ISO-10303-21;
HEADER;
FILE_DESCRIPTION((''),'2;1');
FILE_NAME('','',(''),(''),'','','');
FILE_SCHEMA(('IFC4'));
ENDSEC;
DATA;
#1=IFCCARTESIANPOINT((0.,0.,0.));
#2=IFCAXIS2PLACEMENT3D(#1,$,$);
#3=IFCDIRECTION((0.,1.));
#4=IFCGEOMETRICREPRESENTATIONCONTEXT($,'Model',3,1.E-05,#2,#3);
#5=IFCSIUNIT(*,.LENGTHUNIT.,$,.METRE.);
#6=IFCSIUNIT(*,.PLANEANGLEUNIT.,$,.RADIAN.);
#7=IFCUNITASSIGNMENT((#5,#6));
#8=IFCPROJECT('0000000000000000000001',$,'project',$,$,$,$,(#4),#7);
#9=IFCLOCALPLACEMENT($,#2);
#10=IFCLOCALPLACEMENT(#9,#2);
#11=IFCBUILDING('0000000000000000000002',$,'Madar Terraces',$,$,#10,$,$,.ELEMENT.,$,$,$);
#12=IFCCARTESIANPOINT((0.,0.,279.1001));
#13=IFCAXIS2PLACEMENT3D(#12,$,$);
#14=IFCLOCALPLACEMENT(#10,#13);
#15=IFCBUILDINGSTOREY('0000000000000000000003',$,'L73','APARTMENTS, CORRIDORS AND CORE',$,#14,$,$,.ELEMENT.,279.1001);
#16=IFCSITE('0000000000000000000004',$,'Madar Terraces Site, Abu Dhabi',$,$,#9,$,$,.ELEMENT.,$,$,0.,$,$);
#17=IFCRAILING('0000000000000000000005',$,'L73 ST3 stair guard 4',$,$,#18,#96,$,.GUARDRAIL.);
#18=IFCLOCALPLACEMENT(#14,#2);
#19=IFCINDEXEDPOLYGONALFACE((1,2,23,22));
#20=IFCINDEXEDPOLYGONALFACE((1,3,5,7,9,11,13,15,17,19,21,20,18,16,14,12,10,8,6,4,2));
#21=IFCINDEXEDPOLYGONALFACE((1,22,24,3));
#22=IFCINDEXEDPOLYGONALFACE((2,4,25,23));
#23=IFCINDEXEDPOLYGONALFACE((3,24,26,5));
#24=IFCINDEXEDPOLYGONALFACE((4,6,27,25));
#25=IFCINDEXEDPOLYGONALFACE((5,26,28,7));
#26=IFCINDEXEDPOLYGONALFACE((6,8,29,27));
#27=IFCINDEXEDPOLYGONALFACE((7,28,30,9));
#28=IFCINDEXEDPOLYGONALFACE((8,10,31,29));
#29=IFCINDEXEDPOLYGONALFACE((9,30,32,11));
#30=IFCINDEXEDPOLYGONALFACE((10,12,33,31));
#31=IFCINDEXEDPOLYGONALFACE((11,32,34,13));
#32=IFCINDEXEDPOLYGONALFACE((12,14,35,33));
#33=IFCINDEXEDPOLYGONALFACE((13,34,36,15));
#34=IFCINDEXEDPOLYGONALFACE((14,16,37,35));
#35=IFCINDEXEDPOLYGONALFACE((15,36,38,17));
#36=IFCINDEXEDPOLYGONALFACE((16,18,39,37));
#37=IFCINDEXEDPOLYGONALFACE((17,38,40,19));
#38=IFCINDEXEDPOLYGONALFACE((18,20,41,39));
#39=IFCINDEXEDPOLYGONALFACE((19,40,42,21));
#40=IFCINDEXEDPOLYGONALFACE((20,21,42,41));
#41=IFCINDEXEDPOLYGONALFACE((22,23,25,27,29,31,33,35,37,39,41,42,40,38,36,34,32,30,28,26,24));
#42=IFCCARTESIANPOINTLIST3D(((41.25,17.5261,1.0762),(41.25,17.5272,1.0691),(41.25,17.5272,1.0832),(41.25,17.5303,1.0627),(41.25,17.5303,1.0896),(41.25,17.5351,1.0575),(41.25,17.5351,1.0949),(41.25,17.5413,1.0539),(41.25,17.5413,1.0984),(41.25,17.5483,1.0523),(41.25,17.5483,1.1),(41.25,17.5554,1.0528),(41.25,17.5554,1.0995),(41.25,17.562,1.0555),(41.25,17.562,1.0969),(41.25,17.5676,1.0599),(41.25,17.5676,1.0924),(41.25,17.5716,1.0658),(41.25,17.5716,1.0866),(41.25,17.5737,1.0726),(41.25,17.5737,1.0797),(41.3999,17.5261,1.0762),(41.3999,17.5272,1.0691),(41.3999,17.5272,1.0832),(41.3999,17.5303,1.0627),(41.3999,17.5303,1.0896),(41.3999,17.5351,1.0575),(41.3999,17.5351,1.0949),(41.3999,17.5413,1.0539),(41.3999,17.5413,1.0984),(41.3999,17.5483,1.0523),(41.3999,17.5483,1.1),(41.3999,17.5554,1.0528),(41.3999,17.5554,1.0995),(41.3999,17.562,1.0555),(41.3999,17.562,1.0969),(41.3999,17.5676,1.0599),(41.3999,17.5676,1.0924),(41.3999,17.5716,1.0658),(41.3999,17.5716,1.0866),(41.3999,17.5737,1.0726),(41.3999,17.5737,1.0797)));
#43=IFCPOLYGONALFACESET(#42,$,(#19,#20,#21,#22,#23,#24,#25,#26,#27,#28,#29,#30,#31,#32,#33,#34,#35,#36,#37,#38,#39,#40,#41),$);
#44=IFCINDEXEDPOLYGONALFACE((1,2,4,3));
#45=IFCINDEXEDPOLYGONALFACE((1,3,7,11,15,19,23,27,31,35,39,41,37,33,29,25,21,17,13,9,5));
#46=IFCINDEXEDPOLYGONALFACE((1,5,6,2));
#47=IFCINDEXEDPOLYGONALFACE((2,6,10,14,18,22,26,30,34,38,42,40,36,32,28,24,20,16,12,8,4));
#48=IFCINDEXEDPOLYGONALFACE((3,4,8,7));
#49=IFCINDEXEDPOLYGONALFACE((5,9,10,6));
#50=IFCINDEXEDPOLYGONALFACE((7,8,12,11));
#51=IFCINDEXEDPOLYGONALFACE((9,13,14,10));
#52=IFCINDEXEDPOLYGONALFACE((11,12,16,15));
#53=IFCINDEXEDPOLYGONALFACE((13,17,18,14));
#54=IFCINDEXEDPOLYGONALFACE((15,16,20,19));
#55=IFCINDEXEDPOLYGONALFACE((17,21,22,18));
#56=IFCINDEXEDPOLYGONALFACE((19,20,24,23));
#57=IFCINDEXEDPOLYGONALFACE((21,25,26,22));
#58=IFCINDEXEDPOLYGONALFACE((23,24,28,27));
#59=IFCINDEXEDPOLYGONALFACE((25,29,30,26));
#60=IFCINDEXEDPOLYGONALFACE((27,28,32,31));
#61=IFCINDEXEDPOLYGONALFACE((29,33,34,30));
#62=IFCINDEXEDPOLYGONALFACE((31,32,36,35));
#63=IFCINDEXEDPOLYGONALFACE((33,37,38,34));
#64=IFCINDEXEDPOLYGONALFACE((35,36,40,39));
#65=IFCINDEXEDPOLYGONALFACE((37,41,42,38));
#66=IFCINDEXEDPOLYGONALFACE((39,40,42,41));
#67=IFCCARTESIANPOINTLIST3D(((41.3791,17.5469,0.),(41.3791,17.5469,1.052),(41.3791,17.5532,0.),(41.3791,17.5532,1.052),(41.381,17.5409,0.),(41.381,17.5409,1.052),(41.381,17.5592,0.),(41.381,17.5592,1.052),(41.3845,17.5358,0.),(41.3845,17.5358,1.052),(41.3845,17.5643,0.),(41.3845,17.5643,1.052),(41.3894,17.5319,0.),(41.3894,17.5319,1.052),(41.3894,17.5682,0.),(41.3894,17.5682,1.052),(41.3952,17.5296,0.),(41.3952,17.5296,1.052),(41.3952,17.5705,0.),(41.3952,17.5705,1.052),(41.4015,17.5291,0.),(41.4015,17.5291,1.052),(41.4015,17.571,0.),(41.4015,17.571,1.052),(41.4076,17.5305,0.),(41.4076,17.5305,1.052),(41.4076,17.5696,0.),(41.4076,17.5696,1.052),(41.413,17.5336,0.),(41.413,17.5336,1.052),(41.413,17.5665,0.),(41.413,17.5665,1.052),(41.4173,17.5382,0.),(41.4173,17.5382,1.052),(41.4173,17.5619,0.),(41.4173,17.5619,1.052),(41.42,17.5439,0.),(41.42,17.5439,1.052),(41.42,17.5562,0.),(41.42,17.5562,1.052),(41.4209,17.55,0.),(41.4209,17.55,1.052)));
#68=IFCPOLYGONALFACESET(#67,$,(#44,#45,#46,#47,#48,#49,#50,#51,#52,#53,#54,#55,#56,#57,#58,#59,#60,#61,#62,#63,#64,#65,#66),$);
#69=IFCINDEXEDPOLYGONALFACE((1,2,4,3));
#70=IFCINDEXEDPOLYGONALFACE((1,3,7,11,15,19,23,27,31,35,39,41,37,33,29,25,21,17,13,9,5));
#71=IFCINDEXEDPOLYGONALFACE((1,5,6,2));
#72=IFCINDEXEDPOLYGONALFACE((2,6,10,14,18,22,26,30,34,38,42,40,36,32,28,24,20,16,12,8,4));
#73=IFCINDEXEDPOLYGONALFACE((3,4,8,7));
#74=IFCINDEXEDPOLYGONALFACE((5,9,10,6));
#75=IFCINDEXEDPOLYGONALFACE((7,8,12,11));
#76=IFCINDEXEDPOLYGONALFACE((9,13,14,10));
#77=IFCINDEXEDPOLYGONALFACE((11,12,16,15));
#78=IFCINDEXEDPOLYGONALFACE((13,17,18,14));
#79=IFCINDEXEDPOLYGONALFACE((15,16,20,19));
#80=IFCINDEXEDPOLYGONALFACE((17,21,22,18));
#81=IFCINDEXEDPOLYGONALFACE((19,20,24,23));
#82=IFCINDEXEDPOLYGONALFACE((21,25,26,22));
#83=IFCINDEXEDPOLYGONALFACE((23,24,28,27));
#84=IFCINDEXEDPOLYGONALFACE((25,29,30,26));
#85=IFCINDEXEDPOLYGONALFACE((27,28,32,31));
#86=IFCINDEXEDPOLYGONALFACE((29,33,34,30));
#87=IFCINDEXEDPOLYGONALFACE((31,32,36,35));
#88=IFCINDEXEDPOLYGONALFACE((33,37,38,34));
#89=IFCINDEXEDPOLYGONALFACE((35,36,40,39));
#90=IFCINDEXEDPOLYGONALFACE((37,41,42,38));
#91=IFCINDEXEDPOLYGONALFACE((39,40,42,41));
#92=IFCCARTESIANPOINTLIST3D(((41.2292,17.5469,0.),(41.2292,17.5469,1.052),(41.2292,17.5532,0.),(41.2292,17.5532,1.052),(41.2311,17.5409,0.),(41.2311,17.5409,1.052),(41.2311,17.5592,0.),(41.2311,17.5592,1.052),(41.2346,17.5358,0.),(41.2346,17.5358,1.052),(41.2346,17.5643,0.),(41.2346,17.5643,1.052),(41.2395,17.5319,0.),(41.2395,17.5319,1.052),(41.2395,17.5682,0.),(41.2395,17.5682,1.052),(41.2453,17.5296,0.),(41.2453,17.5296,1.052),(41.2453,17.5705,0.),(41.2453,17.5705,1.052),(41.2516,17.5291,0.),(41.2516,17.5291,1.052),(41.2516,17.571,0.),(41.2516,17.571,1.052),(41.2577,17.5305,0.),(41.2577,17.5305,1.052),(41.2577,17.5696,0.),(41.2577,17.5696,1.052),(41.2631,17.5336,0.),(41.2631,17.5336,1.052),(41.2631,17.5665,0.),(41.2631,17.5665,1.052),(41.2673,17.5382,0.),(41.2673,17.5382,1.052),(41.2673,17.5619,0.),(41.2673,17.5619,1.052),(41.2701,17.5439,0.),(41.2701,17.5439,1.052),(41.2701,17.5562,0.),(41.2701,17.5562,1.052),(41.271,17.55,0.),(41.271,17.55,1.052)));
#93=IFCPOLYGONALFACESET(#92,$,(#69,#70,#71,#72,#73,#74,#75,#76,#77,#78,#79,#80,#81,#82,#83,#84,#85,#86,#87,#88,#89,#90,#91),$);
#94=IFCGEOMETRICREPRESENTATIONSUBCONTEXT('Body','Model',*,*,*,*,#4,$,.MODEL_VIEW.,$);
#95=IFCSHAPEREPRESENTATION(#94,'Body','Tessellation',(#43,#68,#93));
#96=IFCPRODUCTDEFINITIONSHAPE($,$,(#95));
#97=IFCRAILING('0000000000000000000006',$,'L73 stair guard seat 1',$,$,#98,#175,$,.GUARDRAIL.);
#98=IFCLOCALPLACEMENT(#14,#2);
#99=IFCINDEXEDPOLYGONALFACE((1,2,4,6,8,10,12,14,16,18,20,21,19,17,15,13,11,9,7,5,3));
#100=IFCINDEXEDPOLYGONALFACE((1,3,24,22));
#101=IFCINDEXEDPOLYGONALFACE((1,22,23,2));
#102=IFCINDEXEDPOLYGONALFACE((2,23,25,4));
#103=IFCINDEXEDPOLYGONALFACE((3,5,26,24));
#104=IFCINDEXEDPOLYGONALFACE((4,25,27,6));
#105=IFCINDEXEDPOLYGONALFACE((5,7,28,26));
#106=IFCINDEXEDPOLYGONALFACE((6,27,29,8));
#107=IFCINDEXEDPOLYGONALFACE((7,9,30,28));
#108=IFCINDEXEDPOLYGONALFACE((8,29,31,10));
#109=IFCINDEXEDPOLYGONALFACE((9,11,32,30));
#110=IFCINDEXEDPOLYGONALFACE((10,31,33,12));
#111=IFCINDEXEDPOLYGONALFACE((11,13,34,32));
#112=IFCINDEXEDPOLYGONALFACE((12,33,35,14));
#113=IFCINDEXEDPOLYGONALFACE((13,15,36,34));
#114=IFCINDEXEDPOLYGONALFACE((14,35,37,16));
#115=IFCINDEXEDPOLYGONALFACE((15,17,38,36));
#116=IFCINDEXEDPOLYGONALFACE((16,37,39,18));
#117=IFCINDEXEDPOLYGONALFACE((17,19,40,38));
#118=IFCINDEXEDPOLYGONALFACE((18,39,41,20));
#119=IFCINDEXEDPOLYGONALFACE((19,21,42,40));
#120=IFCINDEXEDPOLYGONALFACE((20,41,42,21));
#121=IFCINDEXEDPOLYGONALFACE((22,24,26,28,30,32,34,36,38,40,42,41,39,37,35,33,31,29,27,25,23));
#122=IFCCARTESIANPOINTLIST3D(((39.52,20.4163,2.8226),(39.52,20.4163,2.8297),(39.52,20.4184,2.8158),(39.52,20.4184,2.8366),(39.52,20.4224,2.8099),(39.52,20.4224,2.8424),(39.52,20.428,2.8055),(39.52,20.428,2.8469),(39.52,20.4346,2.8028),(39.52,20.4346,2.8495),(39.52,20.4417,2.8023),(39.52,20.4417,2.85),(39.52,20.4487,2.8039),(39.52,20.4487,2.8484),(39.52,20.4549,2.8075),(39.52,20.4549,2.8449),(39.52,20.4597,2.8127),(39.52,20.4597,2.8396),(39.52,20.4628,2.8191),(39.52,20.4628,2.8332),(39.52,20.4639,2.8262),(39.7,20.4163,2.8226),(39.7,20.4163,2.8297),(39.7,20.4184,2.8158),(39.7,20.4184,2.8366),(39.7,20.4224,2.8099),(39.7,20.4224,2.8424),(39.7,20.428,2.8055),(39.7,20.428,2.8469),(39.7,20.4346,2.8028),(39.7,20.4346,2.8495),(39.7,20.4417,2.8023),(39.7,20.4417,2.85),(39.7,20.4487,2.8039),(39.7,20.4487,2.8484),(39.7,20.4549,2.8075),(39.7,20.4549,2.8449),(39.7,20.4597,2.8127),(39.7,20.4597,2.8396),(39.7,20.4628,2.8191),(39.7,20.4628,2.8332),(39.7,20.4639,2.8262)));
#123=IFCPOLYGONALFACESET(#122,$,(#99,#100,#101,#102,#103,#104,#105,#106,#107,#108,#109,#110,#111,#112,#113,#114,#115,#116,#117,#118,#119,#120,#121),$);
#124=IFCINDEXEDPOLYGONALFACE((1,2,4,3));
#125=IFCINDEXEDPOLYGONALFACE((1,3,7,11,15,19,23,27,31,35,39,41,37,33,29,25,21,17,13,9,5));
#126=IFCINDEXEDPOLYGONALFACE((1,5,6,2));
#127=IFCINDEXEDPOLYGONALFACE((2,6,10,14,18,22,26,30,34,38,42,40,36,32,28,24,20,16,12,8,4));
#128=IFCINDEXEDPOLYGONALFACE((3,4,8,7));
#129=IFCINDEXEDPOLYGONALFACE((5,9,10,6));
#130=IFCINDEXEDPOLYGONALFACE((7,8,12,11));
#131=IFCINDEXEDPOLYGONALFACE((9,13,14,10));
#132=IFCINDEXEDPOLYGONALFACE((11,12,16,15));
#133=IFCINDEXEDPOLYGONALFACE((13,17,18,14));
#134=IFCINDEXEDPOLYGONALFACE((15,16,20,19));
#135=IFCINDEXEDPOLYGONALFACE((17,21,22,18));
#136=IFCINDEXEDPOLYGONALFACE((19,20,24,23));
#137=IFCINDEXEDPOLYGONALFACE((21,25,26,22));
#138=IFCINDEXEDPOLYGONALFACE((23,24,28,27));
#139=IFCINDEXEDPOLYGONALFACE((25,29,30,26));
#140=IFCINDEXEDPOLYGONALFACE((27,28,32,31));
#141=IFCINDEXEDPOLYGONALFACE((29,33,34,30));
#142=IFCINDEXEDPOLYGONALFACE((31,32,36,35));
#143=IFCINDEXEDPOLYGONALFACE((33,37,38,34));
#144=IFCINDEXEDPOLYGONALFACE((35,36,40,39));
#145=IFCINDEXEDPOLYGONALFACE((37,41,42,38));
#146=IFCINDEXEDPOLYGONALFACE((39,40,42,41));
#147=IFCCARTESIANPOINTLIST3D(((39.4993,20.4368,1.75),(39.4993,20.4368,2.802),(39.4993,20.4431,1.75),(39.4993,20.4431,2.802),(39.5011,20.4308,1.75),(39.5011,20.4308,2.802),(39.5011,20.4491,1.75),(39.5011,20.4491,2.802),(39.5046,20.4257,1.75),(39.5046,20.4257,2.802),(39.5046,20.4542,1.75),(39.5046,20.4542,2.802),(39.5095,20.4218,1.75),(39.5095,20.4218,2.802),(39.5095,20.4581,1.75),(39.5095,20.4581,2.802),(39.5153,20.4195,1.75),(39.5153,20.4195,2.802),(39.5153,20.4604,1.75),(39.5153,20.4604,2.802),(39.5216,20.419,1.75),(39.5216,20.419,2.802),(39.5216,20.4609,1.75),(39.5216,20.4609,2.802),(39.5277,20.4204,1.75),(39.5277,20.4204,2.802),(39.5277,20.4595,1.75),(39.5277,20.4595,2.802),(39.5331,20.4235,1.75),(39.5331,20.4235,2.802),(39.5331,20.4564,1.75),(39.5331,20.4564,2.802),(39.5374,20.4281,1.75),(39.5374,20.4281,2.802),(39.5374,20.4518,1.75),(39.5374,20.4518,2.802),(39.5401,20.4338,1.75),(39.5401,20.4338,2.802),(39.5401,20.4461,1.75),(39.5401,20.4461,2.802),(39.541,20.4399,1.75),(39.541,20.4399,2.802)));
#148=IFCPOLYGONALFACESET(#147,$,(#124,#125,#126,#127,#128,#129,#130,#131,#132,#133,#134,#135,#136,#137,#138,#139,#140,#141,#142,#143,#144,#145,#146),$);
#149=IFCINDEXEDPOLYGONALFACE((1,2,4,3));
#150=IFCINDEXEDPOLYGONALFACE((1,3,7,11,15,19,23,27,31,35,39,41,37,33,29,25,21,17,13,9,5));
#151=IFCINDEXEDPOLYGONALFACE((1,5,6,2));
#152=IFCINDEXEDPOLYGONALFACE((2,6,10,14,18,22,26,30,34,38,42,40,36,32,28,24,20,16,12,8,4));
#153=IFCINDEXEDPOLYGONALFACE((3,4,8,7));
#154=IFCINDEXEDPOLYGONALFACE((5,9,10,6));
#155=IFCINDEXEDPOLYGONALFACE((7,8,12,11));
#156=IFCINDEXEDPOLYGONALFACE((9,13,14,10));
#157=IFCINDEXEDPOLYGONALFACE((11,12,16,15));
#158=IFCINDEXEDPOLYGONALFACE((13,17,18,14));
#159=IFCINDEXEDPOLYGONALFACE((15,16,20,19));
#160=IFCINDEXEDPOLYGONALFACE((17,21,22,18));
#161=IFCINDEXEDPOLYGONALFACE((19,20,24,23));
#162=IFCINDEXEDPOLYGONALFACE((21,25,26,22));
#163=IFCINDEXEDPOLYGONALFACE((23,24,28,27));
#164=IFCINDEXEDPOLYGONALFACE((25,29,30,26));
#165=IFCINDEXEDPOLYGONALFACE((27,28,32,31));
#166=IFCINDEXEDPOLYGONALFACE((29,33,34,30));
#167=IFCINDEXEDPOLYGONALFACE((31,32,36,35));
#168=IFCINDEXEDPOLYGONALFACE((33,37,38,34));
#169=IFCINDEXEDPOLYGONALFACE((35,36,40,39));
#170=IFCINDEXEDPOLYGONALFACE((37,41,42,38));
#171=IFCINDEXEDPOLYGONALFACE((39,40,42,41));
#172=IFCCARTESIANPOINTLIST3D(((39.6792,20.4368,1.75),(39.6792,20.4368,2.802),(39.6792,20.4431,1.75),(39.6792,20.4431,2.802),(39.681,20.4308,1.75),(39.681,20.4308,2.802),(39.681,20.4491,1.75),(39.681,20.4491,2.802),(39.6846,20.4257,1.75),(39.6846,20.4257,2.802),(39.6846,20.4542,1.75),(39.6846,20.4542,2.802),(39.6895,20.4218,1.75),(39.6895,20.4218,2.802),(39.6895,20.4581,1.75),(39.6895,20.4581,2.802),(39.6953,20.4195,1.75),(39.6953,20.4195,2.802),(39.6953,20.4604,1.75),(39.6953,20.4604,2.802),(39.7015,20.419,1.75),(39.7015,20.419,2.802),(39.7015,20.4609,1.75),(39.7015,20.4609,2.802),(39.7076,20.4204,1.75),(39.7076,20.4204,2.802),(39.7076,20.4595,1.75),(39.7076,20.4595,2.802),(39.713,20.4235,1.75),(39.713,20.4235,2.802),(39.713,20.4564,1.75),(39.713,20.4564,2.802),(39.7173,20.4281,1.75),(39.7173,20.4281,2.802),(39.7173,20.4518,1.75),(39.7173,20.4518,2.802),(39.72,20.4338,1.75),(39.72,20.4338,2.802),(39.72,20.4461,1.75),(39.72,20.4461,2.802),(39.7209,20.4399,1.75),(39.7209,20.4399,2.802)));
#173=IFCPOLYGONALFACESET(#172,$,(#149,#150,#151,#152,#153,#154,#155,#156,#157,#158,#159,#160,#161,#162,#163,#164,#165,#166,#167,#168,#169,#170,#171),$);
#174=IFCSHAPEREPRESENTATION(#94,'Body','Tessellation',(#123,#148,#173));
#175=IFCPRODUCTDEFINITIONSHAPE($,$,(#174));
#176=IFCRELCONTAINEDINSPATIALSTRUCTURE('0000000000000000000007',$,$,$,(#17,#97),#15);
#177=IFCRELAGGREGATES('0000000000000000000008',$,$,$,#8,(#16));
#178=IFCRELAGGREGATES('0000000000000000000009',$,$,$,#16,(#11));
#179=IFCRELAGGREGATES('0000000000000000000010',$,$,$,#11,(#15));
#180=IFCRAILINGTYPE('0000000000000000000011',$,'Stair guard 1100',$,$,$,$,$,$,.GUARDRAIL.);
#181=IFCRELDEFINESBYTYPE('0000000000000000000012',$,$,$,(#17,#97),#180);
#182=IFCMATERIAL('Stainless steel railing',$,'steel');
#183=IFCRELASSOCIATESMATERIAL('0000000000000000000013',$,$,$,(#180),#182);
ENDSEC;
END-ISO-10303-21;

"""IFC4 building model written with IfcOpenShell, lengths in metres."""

from ifc_helpers import new_model, si_unit, direction, frame, origin, origin_2d, place, context, subcontext, project, spatial, circle, extrude, material, type_object, element, save


model = new_model("IFC4")

# Units and contexts
model_context = context("Model", 3, precision=1e-05, world=origin(), true_north=direction((0.0, 1.0)))
body_context = subcontext(model_context, "Body", "Model", "MODEL_VIEW")
ifc_project = project(units=[si_unit("LENGTHUNIT", "METRE"), si_unit("PLANEANGLEUNIT", "RADIAN")], contexts=[model_context])

# Site, building, storey
site_placement = place(None, origin())
site = spatial("IfcSite", under=ifc_project, at=site_placement, Name="Madar Terraces Site, Abu Dhabi", CompositionType="ELEMENT", RefElevation=0.0)
building_placement = place(site_placement, origin())
building = spatial("IfcBuilding", under=site, at=building_placement, Name="Madar Terraces", CompositionType="ELEMENT")
storey_placement = place(building_placement, frame((0.0, 0.0, 279.1001)))
storey = spatial("IfcBuildingStorey", under=building, at=storey_placement, Name="L73", Description="APARTMENTS, CORRIDORS AND CORE", CompositionType="ELEMENT", Elevation=279.1001)

# Railings
ifc_material_1 = material(Name="Stainless steel railing", Category="steel")
railing_type_1 = type_object("IfcRailingType", Name="Stair guard 1100", PredefinedType="GUARDRAIL", material=ifc_material_1)
railing_1_placement = place(storey_placement, frame((41.3999, 17.55, 0.0)))
element("IfcRailing", 1, at=railing_1_placement, inside=storey, type_object=railing_type_1, Name="L73 ST3 stair guard 4", PredefinedType="GUARDRAIL", context=body_context, shape_type="SweptSolid", body=[
    extrude(circle(Radius=0.0239, at=origin_2d()), frame((0.0, 0.0, 1.0762), z_axis=(-1.0, 0.0, 0.0), x_axis=(0.0, -1.0, 0.0)), (0.0, 0.0, 1.0), 0.1499),
    extrude(circle(Radius=0.021, at=origin_2d()), origin(), (0.0, 0.0, 1.0), 1.052),
    extrude(circle(Radius=0.021, at=origin_2d()), frame((-0.1499, 0.0, 0.0)), (0.0, 0.0, 1.0), 1.052),
])
for number, where, name in (
    (2, (39.52, 20.4399, 1.75), "L73 stair guard seat 1"),
):
    element("IfcRailing", number, at=place(storey_placement, frame(where)), inside=storey, type_object=railing_type_1, Name=name, PredefinedType="GUARDRAIL", context=body_context, shape_type="SweptSolid", body=[
        extrude(circle(Radius=0.0239, at=origin_2d()), frame((0.0, 0.0, 1.0762), z_axis=(1.0, 0.0, 0.0), x_axis=(0.0, 1.0, 0.0)), (0.0, 0.0, 1.0), 0.1799),
        extrude(circle(Radius=0.021, at=origin_2d()), origin(), (0.0, 0.0, 1.0), 1.052),
        extrude(circle(Radius=0.021, at=origin_2d()), frame((0.1799, 0.0, 0.0)), (0.0, 0.0, 1.0), 1.052),
    ])

save(model, "model.ifc")
